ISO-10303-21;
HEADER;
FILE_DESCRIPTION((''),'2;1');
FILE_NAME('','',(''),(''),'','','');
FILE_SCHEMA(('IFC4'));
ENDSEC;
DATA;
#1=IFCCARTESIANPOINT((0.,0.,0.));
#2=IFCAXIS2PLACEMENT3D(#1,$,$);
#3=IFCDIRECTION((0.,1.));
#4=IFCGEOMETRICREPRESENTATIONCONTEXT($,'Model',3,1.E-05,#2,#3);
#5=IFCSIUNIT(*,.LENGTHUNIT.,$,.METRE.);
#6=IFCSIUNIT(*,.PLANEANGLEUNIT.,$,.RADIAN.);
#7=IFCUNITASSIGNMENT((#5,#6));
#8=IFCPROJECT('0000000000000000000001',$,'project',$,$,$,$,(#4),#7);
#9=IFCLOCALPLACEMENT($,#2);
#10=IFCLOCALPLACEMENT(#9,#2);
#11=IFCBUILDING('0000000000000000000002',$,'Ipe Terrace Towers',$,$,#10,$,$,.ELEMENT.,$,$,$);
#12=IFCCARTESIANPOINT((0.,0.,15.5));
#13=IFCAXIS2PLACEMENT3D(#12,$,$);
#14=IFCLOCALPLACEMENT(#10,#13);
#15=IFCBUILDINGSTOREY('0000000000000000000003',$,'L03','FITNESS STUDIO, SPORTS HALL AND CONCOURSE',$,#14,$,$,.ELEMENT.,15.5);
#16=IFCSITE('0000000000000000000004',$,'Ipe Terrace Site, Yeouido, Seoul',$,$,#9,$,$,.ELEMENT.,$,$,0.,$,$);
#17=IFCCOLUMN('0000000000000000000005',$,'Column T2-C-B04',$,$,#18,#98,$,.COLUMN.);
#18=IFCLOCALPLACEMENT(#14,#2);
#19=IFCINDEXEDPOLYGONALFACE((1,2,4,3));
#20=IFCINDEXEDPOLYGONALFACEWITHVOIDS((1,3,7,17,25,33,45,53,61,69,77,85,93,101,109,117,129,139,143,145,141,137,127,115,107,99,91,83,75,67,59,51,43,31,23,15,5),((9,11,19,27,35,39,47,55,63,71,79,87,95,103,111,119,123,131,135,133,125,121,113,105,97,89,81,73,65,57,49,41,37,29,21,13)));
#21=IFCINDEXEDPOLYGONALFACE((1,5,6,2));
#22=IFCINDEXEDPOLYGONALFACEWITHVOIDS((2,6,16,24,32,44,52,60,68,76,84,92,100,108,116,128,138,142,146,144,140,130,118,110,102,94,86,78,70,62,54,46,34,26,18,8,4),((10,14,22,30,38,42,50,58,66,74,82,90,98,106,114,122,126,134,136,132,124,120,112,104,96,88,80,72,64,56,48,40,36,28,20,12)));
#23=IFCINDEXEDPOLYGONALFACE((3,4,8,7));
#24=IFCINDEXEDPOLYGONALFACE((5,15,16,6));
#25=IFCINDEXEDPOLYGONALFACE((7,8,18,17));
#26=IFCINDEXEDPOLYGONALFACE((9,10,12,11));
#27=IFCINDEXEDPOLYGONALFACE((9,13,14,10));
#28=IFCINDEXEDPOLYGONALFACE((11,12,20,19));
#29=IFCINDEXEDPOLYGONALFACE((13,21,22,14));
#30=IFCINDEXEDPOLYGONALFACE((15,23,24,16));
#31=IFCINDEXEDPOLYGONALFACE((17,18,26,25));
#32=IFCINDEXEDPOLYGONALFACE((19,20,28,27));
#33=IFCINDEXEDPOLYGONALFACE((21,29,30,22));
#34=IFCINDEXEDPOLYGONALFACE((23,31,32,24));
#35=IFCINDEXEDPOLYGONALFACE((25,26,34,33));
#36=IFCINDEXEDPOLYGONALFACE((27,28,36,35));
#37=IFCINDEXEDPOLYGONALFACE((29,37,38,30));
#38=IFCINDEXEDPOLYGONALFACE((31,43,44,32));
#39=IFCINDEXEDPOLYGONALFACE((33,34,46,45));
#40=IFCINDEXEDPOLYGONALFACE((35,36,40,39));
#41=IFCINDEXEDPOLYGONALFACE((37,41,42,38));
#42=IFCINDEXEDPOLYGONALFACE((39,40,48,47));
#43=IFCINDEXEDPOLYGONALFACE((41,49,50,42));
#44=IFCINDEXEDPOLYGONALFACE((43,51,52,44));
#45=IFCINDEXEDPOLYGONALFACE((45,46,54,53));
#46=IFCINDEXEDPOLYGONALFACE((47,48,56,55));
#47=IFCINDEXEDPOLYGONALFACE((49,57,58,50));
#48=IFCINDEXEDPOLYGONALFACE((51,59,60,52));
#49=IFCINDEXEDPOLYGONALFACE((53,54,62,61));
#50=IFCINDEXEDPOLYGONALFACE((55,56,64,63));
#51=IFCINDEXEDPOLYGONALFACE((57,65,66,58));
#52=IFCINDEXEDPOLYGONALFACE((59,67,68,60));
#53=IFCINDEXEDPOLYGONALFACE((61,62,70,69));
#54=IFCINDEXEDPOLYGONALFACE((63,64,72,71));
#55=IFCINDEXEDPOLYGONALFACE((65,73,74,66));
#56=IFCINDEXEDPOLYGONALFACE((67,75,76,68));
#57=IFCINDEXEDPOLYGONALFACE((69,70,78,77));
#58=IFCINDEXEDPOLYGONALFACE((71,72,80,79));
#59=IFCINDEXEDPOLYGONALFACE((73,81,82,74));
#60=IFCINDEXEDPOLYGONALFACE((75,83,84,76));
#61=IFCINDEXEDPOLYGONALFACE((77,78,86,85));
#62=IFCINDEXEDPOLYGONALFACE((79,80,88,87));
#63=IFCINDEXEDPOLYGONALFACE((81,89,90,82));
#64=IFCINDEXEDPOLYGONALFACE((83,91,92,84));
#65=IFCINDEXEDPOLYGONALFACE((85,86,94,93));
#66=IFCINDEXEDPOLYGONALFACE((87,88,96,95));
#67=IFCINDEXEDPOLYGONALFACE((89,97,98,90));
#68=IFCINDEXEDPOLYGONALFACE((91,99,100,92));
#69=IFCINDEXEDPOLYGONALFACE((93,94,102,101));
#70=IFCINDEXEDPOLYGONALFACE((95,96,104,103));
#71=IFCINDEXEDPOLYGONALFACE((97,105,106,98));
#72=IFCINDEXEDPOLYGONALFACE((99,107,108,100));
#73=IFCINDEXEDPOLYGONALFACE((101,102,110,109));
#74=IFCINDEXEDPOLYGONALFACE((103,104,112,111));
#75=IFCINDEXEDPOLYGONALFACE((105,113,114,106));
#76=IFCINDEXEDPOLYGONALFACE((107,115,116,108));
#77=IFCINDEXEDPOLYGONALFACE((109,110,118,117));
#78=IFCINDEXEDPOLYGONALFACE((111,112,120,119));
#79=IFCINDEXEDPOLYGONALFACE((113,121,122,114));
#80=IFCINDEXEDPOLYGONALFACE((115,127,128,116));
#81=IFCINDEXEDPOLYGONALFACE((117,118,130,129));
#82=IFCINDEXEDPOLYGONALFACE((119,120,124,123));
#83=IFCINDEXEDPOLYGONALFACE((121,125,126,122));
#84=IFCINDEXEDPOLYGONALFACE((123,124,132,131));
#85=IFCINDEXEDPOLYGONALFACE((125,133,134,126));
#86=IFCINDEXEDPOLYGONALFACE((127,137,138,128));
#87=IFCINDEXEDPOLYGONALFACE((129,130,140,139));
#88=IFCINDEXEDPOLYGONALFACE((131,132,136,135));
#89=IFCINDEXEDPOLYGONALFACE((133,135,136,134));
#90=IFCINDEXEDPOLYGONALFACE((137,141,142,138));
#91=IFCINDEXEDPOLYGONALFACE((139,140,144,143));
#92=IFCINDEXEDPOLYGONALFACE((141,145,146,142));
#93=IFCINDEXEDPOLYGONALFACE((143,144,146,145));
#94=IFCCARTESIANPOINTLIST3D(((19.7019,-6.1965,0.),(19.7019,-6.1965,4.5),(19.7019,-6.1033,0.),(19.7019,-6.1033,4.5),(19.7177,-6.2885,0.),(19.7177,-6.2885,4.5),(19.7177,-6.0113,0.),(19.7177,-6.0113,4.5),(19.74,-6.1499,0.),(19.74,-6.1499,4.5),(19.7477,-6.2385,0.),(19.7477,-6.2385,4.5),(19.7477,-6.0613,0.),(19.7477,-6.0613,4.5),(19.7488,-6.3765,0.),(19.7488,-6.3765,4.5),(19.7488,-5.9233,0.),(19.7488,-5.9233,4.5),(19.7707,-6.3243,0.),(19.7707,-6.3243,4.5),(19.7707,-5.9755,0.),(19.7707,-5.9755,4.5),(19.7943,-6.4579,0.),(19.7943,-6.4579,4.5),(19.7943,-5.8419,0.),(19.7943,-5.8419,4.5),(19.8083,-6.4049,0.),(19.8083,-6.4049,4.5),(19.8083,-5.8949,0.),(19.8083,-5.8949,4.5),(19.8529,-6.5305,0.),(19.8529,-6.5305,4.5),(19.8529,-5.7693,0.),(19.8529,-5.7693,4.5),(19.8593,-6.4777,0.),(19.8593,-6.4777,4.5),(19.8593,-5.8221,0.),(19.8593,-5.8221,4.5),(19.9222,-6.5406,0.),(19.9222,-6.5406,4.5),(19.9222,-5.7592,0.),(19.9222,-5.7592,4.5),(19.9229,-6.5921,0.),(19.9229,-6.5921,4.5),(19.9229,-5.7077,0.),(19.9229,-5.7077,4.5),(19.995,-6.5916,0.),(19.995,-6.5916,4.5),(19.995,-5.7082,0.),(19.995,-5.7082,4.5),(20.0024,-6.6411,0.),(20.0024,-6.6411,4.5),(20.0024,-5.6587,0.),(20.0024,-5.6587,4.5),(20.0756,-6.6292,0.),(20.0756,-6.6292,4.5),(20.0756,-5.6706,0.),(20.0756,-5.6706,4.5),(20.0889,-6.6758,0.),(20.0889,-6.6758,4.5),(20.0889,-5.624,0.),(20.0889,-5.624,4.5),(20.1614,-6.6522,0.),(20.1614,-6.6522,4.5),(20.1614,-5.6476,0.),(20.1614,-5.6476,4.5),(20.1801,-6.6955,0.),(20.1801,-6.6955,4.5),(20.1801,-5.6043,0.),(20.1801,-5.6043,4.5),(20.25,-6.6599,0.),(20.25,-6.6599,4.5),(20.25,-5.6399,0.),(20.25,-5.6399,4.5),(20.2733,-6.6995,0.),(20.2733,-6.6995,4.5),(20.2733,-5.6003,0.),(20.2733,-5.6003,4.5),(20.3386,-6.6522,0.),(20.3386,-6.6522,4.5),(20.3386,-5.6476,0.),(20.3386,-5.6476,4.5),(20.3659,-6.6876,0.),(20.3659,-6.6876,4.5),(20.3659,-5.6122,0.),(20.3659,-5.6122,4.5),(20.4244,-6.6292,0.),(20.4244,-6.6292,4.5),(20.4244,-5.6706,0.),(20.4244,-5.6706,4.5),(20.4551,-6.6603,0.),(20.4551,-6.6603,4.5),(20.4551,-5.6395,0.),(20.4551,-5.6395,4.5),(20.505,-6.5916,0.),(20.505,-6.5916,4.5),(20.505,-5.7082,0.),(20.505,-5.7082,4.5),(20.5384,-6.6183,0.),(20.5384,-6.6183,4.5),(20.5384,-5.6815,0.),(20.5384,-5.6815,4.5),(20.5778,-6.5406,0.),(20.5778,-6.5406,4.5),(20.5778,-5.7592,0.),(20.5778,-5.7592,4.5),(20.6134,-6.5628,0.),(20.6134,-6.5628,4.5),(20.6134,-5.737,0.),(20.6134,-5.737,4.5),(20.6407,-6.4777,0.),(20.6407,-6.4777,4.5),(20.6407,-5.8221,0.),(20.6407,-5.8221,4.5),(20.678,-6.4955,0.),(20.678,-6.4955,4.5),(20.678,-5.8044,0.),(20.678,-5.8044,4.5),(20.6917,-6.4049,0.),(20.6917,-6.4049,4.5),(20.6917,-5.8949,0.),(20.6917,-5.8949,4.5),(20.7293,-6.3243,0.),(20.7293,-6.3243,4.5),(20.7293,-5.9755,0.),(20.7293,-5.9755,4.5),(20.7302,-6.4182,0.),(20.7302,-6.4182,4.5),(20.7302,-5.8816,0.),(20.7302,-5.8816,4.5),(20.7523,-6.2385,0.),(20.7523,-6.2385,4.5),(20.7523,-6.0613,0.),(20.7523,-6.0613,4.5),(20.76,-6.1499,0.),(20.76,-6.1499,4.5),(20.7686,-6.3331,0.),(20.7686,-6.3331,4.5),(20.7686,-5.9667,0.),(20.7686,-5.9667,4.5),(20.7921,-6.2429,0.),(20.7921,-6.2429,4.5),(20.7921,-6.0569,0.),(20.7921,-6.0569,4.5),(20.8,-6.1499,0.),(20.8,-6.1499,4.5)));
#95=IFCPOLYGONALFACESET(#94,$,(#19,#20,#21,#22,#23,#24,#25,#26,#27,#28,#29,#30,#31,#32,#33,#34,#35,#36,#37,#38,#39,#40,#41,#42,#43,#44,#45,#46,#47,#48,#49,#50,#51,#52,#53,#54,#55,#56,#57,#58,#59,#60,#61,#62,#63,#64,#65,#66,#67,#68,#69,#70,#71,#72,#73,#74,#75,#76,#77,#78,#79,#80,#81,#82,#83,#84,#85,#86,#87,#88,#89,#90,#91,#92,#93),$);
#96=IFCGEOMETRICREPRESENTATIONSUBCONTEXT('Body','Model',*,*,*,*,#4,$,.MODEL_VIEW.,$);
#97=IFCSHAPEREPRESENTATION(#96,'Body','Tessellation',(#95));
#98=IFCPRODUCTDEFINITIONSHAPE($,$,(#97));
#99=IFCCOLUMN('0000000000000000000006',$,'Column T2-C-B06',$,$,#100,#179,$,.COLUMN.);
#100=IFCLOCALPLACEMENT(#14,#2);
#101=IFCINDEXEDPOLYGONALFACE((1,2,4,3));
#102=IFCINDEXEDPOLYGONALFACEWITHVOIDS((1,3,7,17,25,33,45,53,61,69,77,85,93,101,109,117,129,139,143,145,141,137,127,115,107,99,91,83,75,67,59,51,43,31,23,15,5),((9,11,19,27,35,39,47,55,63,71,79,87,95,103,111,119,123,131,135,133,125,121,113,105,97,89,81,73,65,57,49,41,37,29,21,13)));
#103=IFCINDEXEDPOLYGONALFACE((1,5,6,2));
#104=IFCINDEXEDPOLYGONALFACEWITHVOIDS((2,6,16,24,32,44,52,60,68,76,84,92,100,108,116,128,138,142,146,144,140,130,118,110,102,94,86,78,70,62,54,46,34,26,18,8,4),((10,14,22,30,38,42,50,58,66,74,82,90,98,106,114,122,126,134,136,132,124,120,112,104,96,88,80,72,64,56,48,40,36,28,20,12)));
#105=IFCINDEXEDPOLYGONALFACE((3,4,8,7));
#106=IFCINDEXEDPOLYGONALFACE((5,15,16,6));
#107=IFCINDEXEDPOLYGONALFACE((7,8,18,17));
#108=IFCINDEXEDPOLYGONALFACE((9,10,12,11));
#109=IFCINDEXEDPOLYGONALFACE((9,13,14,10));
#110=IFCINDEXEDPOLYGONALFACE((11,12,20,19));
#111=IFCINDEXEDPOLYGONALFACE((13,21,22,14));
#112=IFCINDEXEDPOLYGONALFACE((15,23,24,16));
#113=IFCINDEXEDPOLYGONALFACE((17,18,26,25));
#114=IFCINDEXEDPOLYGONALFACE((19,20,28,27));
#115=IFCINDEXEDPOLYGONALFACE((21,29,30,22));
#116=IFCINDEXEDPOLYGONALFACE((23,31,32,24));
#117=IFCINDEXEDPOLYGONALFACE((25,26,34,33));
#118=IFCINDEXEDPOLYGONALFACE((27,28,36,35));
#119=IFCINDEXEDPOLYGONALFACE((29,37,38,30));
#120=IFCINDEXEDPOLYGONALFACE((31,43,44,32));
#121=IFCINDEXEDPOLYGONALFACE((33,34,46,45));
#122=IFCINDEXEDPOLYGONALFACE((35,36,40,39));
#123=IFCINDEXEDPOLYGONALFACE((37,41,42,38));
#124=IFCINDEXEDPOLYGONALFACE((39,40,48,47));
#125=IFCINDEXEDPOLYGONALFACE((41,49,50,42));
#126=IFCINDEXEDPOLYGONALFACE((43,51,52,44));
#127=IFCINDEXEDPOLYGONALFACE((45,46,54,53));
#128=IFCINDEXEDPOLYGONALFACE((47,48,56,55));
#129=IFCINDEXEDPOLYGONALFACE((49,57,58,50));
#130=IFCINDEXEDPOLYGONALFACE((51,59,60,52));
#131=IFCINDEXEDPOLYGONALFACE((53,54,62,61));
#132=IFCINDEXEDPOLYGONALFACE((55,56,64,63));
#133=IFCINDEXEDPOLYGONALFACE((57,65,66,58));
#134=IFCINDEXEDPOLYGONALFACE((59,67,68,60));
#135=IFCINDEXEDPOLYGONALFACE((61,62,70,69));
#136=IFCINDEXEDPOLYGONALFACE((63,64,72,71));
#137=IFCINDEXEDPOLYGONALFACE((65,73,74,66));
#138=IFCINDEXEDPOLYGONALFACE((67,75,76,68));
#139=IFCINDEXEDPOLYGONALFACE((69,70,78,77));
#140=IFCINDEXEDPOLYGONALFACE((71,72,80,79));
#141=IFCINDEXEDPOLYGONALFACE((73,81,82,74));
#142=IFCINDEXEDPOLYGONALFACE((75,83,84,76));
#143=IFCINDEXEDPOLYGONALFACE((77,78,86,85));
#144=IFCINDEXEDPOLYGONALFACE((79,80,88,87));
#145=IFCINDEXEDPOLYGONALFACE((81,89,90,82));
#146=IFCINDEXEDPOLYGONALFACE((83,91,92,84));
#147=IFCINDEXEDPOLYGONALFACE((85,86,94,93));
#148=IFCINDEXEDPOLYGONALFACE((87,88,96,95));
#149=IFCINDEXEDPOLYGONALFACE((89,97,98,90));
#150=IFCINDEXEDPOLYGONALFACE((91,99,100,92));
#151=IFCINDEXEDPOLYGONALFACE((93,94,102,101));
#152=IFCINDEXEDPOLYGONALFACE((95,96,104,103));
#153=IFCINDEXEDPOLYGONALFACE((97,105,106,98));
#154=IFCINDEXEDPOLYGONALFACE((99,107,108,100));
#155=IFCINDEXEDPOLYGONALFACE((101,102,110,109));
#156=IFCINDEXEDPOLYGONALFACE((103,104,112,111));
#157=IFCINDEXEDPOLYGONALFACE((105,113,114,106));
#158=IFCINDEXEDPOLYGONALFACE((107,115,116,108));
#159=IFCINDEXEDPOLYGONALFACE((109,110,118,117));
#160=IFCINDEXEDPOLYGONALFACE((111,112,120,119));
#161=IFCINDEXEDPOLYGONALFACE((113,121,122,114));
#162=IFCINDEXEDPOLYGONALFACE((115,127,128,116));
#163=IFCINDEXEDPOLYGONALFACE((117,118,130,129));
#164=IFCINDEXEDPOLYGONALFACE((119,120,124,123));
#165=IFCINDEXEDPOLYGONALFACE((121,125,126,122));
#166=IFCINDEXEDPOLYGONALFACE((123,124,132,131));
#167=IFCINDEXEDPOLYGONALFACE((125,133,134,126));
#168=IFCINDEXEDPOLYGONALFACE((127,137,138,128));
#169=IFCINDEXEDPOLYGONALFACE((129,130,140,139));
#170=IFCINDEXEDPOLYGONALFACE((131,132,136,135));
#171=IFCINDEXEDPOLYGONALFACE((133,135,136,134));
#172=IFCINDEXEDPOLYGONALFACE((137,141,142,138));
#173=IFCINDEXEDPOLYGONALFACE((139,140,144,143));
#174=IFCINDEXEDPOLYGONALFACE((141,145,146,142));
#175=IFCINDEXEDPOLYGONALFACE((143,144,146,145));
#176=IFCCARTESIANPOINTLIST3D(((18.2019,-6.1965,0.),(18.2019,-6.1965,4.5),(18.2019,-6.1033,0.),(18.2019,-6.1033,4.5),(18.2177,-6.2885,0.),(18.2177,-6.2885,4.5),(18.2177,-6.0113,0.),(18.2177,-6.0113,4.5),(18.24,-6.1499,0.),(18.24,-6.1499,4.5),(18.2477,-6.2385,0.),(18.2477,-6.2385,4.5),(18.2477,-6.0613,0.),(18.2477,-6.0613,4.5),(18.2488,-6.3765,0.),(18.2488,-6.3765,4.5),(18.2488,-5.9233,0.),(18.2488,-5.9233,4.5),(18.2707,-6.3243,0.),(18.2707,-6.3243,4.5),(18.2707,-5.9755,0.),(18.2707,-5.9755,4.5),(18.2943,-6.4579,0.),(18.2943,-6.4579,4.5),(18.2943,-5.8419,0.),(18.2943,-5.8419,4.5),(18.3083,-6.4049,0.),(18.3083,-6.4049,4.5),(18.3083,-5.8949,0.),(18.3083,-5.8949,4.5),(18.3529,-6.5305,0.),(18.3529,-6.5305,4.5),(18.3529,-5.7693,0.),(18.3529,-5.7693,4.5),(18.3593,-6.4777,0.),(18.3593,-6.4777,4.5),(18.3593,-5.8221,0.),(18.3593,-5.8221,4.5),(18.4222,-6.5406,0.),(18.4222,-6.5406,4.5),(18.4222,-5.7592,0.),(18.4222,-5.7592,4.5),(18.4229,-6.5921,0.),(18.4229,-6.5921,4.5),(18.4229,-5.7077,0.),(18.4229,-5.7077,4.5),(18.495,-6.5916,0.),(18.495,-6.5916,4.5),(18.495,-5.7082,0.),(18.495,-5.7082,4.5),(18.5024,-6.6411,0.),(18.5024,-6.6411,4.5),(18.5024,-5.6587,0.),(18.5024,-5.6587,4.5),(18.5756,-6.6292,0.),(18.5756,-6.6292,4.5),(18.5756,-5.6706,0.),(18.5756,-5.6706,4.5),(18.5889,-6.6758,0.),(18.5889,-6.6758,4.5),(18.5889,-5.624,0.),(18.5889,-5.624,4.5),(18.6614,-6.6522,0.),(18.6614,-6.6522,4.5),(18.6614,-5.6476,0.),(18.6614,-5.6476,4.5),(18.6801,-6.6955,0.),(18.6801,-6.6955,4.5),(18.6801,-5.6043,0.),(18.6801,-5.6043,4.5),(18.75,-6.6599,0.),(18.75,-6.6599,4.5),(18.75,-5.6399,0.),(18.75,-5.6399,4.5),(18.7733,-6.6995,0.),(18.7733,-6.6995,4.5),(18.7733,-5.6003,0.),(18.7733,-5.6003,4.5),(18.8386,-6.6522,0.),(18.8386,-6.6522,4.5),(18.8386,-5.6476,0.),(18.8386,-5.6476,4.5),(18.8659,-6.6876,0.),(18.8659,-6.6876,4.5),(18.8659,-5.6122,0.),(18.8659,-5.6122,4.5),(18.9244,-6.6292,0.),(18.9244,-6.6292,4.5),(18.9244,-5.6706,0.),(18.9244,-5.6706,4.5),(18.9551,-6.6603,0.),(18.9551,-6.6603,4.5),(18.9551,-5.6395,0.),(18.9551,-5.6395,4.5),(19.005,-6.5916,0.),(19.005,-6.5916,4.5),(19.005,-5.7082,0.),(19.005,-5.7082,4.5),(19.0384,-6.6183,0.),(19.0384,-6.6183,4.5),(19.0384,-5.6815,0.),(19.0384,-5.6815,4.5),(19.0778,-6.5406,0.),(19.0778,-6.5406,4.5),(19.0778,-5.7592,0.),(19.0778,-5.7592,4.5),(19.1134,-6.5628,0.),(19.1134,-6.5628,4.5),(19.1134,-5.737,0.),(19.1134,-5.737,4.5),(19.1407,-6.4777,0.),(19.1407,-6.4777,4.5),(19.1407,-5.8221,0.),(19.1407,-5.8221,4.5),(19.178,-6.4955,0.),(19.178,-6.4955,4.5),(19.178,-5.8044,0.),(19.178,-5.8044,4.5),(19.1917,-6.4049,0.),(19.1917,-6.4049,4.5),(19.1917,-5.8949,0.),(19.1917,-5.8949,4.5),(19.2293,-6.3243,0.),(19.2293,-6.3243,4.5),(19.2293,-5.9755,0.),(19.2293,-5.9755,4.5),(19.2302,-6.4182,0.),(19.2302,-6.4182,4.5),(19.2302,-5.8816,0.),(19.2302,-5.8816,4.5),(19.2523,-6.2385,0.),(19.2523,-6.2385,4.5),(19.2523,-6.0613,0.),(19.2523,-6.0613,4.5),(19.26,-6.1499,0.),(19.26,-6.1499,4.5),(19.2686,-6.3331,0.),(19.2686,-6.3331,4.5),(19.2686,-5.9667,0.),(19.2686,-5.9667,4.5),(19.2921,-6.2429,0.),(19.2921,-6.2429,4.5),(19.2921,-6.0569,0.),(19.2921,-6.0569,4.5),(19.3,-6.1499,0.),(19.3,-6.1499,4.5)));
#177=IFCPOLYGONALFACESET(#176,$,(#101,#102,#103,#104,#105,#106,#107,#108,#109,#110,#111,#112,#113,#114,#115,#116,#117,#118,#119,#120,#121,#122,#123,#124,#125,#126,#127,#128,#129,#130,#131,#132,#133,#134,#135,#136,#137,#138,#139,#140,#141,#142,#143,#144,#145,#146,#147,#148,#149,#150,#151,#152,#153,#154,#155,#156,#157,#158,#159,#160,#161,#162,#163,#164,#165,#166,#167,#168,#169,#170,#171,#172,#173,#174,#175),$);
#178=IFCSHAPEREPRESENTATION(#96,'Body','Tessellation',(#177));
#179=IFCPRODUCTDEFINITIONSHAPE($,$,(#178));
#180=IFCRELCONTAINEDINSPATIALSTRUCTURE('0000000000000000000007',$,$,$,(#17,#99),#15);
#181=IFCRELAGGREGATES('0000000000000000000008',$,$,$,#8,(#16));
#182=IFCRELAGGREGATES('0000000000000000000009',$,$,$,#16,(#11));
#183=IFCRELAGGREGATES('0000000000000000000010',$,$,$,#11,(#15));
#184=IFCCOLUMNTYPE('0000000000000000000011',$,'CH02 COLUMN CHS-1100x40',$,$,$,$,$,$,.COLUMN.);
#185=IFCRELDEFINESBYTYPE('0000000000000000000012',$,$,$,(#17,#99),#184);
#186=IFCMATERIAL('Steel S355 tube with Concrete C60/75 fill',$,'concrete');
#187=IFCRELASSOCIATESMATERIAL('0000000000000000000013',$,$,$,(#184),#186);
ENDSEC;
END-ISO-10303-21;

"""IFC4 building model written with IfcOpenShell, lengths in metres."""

from ifc_helpers import new_model, si_unit, direction, frame, origin, origin_2d, place, context, subcontext, project, spatial, hollow_circle, extrude, material, material_profile, profile_set, type_object, element, save


model = new_model("IFC4")

# Units and contexts
model_context = context("Model", 3, precision=1e-05, world=origin(), true_north=direction((0.0, 1.0)))
body_context = subcontext(model_context, "Body", "Model", "MODEL_VIEW")
ifc_project = project(units=[si_unit("LENGTHUNIT", "METRE"), si_unit("PLANEANGLEUNIT", "RADIAN")], contexts=[model_context])

# Site, building, storey
site_placement = place(None, origin())
site = spatial("IfcSite", under=ifc_project, at=site_placement, Name="Ipe Terrace Site, Yeouido, Seoul", CompositionType="ELEMENT", RefElevation=0.0)
building_placement = place(site_placement, origin())
building = spatial("IfcBuilding", under=site, at=building_placement, Name="Ipe Terrace Towers", CompositionType="ELEMENT")
storey_placement = place(building_placement, frame((0.0, 0.0, 15.5)))
storey = spatial("IfcBuildingStorey", under=building, at=storey_placement, Name="L03", Description="FITNESS STUDIO, SPORTS HALL AND CONCOURSE", CompositionType="ELEMENT", Elevation=15.5)

# Columns
ifc_material_1 = material(Name="Steel S355 tube with Concrete C60/75 fill", Category="concrete")
ifc_material_profile_1 = material_profile(ifc_material_1, hollow_circle(Radius=0.55, WallThickness=0.04, at=origin_2d()), Name="CHS-1100x40")
ifc_profile_set_1 = profile_set([ifc_material_profile_1], Name="Steel S355 tube with Concrete C60/75 fill")
column_type_1 = type_object("IfcColumnType", Name="CH02 COLUMN CHS-1100x40", PredefinedType="COLUMN", material=ifc_profile_set_1)
for number, where, z_axis, x_axis, name in (
    (1, (20.25, -6.1499, 0.0), (0.0, 0.0, 1.0), (1.0, 0.0, 0.0), "Column T2-C-B04"),
    (2, (18.75, -6.1499, 0.0), (0.0, 0.0, 1.0), (1.0, 0.0, 0.0), "Column T2-C-B06"),
):
    element("IfcColumn", number, at=place(storey_placement, frame(where, z_axis=z_axis, x_axis=x_axis)), inside=storey, type_object=column_type_1, Name=name, PredefinedType="COLUMN", context=body_context, shape_type="SweptSolid", body=[
        extrude(hollow_circle(Radius=0.55, WallThickness=0.04, at=origin_2d()), origin(), (0.0, 0.0, 1.0), 4.5),
    ])

save(model, "model.ifc")
